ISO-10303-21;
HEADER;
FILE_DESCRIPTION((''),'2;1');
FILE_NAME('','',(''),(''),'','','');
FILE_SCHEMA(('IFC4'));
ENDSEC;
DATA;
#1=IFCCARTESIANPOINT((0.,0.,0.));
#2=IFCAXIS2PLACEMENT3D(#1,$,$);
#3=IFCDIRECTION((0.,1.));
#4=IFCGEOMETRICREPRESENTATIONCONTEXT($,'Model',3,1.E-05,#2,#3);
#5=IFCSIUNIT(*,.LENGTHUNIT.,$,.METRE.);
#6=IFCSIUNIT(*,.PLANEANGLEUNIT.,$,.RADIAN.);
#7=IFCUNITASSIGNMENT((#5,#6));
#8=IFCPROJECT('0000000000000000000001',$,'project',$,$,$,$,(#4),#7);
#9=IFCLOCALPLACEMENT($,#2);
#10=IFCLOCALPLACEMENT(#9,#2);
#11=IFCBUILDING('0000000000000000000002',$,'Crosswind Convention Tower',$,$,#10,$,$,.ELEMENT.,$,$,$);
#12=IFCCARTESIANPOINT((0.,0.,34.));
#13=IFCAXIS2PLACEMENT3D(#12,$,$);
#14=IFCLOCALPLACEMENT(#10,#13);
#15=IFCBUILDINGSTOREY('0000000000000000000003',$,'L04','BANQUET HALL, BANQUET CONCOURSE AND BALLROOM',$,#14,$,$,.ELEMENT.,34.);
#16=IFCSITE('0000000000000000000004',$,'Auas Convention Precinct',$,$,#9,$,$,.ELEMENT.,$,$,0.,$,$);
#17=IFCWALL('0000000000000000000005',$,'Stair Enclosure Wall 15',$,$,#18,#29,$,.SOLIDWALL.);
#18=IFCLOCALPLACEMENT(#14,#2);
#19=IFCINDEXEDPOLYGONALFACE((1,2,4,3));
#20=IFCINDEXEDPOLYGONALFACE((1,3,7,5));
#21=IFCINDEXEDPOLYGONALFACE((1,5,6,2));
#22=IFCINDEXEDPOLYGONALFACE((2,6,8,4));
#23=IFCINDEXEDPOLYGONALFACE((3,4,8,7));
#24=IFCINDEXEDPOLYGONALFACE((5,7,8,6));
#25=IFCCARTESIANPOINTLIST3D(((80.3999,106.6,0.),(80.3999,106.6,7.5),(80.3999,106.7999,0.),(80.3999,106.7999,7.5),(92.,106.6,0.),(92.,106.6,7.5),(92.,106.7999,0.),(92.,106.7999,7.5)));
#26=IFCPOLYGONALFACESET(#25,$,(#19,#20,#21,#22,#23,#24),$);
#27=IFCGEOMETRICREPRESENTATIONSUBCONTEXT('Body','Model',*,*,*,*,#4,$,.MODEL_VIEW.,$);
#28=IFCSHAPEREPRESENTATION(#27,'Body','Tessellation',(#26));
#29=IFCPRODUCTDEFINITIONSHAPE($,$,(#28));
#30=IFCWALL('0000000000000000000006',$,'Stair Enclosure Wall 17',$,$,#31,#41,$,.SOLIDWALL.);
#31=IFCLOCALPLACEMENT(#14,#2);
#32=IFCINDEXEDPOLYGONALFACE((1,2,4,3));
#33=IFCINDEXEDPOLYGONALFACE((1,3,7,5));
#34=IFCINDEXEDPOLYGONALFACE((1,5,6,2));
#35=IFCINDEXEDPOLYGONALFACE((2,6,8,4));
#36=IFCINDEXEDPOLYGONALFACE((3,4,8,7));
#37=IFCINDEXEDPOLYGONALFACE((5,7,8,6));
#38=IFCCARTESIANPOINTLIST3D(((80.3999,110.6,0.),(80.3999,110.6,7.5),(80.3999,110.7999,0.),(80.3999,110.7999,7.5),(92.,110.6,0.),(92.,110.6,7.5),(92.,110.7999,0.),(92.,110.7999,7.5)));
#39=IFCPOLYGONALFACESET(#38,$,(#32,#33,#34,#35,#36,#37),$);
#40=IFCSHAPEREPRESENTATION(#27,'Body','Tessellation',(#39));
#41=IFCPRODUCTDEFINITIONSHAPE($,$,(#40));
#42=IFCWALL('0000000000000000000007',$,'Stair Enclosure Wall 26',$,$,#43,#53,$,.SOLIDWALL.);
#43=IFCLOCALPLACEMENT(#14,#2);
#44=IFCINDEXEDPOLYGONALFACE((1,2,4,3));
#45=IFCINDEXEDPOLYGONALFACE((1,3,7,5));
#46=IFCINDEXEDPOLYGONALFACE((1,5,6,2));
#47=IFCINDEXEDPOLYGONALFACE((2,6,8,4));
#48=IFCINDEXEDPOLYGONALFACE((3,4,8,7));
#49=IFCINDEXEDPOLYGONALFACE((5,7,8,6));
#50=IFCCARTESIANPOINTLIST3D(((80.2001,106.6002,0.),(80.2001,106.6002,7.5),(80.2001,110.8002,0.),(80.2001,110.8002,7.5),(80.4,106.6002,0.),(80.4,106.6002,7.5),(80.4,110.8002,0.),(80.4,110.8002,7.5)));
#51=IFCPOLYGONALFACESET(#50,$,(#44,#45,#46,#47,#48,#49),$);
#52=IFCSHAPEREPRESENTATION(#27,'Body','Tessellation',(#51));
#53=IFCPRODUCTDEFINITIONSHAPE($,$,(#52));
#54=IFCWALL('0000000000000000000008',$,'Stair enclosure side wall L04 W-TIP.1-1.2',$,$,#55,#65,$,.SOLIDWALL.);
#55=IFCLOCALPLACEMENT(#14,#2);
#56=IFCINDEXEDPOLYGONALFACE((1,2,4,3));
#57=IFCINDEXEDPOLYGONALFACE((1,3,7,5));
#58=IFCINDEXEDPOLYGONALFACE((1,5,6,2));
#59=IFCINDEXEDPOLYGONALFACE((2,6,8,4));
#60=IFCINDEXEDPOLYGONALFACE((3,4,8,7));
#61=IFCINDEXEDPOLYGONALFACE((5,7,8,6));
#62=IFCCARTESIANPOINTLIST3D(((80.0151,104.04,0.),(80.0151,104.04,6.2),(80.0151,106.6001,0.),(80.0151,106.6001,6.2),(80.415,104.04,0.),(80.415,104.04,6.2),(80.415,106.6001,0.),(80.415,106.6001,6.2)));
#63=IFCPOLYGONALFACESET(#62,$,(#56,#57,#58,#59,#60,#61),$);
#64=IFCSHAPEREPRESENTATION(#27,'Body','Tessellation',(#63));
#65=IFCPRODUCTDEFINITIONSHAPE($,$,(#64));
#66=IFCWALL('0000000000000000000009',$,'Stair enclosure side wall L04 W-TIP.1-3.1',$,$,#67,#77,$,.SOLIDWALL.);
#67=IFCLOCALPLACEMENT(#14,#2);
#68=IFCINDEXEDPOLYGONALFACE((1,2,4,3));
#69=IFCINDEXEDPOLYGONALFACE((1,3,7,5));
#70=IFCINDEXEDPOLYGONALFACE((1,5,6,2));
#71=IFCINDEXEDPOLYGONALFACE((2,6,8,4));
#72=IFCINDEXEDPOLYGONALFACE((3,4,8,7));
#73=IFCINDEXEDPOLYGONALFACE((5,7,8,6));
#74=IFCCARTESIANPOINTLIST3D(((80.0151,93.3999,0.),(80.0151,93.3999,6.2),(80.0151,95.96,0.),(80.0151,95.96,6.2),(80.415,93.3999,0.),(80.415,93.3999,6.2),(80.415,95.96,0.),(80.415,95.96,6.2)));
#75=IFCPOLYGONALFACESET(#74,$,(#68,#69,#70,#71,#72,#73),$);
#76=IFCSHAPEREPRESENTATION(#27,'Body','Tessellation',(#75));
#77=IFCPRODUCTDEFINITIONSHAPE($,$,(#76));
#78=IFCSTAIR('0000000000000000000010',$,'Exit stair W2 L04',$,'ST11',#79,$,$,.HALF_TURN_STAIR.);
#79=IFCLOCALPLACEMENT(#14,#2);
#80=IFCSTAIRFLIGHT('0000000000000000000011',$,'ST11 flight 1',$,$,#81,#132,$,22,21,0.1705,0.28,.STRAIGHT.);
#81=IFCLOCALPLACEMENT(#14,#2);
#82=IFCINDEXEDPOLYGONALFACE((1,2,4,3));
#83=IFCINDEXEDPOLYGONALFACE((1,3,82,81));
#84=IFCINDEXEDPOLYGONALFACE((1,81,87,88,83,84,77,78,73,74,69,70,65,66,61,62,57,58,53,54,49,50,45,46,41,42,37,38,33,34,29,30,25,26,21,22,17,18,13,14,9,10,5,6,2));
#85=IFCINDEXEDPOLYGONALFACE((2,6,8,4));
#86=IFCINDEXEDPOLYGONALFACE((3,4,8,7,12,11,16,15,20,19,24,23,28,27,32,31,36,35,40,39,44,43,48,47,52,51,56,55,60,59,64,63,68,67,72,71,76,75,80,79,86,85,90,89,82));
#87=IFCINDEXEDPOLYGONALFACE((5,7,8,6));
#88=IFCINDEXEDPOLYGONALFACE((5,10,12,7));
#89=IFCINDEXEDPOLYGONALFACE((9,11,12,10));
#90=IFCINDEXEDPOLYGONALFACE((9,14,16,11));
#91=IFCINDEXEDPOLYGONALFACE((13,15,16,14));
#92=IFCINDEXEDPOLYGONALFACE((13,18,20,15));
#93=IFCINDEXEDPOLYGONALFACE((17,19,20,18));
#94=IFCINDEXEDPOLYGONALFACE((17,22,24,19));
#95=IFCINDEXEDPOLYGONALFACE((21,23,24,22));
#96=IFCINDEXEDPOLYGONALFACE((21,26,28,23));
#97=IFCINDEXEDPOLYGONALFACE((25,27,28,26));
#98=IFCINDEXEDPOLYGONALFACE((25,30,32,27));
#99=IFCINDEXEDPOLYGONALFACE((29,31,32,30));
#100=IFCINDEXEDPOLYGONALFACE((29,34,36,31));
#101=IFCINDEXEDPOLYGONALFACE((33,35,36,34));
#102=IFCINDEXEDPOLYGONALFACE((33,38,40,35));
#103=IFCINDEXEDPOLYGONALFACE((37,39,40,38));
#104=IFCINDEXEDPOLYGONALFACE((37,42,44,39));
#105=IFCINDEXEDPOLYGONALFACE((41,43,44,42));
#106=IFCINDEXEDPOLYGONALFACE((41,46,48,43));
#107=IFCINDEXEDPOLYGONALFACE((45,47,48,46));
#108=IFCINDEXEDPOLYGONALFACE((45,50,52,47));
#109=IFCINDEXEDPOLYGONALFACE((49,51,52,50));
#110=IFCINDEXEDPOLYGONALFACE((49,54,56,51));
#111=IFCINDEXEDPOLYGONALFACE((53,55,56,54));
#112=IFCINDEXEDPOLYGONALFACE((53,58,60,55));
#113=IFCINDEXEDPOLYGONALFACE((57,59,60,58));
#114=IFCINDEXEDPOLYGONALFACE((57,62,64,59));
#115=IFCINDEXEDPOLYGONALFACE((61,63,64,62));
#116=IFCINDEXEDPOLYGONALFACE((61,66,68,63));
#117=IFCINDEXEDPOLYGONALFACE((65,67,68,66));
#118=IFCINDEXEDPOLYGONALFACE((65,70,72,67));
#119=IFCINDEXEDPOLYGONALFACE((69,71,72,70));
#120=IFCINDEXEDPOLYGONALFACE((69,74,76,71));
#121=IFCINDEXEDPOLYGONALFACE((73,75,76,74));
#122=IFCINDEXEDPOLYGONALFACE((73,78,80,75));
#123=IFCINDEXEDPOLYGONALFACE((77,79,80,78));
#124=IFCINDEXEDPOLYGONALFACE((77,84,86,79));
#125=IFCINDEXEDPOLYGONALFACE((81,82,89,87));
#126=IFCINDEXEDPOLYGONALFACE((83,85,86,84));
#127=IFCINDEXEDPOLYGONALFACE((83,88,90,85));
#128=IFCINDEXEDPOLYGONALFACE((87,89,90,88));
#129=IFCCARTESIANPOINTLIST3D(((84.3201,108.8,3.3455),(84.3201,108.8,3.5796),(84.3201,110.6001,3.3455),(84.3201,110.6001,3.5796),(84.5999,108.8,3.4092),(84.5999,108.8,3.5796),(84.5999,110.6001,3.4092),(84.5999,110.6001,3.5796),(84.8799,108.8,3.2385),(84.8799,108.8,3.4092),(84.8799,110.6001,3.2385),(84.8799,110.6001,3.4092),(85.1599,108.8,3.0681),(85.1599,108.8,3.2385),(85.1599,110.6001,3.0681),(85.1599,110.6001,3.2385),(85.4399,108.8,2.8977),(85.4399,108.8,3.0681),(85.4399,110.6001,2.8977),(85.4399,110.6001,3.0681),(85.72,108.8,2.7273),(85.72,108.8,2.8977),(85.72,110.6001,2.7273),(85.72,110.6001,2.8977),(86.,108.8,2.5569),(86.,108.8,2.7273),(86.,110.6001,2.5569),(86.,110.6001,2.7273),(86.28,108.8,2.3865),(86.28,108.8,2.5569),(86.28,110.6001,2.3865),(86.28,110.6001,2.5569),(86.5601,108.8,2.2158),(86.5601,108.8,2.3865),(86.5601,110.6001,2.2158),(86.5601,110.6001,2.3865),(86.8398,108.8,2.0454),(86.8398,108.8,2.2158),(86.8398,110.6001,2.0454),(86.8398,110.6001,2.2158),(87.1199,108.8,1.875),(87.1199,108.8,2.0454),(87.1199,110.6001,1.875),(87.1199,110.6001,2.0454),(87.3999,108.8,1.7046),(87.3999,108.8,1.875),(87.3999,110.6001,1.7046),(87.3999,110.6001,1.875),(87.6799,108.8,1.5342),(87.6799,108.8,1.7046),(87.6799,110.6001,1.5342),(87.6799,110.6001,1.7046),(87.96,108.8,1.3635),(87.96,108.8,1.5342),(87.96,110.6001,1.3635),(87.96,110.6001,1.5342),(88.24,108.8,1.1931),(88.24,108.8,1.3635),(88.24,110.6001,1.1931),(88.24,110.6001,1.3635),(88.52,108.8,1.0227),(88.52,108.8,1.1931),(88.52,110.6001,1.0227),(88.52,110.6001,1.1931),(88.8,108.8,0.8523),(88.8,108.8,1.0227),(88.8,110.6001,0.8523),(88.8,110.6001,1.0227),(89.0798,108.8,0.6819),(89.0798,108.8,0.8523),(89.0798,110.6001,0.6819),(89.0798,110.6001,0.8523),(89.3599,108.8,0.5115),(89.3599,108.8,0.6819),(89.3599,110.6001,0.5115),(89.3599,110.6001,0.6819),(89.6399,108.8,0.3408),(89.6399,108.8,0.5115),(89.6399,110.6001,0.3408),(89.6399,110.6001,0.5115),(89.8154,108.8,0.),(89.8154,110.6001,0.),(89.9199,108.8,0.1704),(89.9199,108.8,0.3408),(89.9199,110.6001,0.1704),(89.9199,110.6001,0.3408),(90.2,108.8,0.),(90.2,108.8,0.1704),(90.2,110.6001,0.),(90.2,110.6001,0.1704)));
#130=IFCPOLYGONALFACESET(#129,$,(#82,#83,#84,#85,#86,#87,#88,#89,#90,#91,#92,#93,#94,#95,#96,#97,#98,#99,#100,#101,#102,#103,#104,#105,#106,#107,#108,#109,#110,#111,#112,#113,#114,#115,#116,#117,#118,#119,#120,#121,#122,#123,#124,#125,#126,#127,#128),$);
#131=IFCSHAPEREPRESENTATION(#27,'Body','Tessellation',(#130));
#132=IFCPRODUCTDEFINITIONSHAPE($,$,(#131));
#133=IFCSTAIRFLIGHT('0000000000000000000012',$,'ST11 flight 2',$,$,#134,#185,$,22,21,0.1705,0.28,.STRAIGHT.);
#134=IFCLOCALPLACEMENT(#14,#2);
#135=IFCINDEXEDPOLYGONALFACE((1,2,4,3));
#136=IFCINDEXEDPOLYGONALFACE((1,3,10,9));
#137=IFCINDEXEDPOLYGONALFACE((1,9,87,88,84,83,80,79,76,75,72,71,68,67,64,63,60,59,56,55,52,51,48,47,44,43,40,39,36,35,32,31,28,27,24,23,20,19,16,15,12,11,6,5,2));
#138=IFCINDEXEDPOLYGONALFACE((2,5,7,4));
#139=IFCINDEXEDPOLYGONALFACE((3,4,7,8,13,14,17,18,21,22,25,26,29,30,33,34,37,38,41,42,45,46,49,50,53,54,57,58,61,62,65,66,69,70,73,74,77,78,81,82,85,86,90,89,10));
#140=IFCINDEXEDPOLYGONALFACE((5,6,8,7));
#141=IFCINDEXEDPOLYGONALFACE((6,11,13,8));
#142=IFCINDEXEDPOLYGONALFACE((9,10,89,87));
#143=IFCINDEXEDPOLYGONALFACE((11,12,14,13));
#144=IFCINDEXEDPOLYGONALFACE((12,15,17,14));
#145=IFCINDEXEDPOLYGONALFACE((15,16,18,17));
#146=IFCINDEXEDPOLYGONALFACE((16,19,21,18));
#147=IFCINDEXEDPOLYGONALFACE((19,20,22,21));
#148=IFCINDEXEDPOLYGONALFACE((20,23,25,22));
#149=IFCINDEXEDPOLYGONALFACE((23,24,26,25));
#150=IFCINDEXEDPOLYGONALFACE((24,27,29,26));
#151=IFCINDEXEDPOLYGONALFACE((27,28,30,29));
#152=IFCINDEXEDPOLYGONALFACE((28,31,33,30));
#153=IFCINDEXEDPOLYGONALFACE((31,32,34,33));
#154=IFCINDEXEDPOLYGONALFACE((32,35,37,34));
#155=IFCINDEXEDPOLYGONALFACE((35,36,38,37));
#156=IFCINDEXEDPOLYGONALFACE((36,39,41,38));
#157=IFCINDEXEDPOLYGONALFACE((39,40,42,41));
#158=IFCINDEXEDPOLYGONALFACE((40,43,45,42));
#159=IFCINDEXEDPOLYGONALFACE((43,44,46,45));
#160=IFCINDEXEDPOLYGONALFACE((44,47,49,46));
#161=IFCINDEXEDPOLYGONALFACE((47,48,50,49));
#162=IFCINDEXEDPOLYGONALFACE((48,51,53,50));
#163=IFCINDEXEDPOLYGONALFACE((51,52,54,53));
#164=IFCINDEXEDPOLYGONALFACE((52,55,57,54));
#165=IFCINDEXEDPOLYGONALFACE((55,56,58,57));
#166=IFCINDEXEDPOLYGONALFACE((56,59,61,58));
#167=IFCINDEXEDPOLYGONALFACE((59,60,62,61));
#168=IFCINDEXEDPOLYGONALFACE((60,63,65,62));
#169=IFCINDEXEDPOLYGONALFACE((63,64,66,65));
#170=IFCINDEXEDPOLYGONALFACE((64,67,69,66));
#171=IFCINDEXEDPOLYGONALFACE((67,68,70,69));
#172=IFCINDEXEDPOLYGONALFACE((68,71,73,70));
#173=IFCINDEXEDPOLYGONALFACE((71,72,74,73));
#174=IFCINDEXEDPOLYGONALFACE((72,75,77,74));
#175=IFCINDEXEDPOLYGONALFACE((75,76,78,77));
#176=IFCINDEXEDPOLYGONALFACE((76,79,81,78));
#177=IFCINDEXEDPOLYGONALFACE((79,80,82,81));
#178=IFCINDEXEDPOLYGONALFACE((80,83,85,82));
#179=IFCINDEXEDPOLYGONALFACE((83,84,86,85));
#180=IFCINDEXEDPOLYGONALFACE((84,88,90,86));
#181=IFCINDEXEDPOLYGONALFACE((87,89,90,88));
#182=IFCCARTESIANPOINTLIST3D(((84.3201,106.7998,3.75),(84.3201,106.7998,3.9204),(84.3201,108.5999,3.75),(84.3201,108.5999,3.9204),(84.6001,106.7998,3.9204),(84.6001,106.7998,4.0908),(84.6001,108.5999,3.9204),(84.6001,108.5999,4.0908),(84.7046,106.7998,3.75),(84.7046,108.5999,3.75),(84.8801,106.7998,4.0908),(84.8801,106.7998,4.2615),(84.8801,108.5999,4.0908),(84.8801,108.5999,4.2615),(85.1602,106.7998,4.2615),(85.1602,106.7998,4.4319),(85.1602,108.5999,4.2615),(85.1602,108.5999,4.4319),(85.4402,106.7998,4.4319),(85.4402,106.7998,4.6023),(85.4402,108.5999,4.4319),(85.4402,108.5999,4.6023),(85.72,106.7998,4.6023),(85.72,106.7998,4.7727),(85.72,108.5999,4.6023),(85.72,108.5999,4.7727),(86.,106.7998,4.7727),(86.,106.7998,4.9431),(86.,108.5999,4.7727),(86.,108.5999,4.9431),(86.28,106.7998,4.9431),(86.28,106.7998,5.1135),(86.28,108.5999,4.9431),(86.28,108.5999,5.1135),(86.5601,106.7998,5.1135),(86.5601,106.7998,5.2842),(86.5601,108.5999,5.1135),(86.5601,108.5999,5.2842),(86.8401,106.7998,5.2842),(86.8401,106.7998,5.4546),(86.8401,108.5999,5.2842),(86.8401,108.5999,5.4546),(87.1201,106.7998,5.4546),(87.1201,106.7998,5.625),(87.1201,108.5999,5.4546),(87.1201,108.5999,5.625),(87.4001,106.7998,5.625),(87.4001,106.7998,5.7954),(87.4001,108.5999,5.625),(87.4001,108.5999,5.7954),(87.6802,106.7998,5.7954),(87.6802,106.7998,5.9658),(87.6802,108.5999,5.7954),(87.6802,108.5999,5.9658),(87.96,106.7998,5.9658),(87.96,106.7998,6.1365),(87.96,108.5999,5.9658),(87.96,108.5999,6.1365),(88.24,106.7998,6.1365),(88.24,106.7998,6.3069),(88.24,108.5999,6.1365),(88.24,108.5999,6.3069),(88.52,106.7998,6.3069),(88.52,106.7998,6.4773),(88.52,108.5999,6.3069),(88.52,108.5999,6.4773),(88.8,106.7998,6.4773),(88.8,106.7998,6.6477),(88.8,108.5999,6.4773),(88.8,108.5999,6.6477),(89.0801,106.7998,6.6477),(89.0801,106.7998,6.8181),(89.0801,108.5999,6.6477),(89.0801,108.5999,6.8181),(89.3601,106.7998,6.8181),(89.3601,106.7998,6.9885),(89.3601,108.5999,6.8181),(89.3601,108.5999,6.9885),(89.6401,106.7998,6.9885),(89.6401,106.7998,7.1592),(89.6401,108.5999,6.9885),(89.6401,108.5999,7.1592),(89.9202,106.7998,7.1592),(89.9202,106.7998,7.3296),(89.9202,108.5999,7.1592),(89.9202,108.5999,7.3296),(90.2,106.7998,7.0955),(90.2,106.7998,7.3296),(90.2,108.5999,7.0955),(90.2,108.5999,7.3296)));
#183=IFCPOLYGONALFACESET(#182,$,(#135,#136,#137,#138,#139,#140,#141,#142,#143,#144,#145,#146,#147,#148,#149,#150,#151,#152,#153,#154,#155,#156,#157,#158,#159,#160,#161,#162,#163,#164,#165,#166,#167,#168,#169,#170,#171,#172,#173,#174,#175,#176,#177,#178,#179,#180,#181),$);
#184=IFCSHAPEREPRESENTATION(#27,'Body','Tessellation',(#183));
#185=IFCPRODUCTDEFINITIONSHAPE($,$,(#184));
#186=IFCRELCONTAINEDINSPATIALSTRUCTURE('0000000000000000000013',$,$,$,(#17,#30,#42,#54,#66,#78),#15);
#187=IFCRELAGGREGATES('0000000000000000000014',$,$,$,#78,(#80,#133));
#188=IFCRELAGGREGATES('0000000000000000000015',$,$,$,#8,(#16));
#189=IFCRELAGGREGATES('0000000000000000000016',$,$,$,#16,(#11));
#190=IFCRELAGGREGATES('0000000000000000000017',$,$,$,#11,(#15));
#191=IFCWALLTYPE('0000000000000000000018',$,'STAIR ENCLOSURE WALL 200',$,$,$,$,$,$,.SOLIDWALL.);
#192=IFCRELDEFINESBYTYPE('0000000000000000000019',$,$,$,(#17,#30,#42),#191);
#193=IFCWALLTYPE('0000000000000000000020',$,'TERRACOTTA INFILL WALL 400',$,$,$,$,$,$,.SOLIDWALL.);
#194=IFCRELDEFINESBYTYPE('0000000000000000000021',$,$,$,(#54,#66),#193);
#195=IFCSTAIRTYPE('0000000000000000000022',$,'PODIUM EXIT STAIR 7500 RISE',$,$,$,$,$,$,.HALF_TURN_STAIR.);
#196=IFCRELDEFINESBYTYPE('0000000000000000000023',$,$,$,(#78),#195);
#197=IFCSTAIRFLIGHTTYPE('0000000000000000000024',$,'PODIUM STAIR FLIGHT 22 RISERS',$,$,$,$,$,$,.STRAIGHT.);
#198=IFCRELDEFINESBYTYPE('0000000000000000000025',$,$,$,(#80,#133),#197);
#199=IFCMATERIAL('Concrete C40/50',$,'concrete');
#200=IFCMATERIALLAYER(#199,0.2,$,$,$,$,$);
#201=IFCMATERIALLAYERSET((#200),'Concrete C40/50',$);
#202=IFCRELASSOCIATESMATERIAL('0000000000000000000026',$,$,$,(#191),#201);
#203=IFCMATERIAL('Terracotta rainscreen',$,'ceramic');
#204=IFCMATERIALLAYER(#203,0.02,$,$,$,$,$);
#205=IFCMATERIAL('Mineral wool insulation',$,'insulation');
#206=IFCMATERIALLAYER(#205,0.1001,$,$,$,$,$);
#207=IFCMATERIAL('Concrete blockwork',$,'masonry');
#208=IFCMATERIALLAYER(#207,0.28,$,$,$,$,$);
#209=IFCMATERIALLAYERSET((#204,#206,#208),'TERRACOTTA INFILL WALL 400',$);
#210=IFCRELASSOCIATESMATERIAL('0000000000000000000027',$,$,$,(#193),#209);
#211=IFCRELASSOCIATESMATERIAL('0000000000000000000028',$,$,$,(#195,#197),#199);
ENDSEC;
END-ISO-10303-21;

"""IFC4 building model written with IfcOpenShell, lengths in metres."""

from ifc_helpers import new_model, si_unit, direction, frame, frame_2d, origin, place, context, subcontext, project, spatial, polyline, rectangle, outline, extrude, material, layer, layer_set, type_object, element, aggregate, save


model = new_model("IFC4")

# Units and contexts
model_context = context("Model", 3, precision=1e-05, world=origin(), true_north=direction((0.0, 1.0)))
body_context = subcontext(model_context, "Body", "Model", "MODEL_VIEW")
ifc_project = project(units=[si_unit("LENGTHUNIT", "METRE"), si_unit("PLANEANGLEUNIT", "RADIAN")], contexts=[model_context])

# Site, building, storey
site_placement = place(None, origin())
site = spatial("IfcSite", under=ifc_project, at=site_placement, Name="Auas Convention Precinct", CompositionType="ELEMENT", RefElevation=0.0)
building_placement = place(site_placement, origin())
building = spatial("IfcBuilding", under=site, at=building_placement, Name="Crosswind Convention Tower", CompositionType="ELEMENT")
storey_placement = place(building_placement, frame((0.0, 0.0, 34.0)))
storey = spatial("IfcBuildingStorey", under=building, at=storey_placement, Name="L04", Description="BANQUET HALL, BANQUET CONCOURSE AND BALLROOM", CompositionType="ELEMENT", Elevation=34.0)

# Walls
ifc_material_1 = material(Name="Concrete C40/50", Category="concrete")
ifc_layer_1 = layer(ifc_material_1, 0.2)
ifc_layer_set_1 = layer_set([ifc_layer_1], Name="Concrete C40/50")
wall_type_1 = type_object("IfcWallType", Name="STAIR ENCLOSURE WALL 200", PredefinedType="SOLIDWALL", material=ifc_layer_set_1)
for number, where, z_axis, x_axis, name in (
    (1, (80.3999, 106.7, 0.0), (0.0, 0.0, 1.0), (1.0, 0.0, 0.0), "Stair Enclosure Wall 15"),
    (2, (80.3999, 110.7, 0.0), (0.0, 0.0, 1.0), (1.0, 0.0, 0.0), "Stair Enclosure Wall 17"),
):
    element("IfcWall", number, at=place(storey_placement, frame(where, z_axis=z_axis, x_axis=x_axis)), inside=storey, type_object=wall_type_1, Name=name, PredefinedType="SOLIDWALL", context=body_context, shape_type="SweptSolid", body=[
        extrude(rectangle(XDim=11.6001, YDim=0.2, at=frame_2d((5.8, 0.0))), origin(), (0.0, 0.0, 1.0), 7.5),
    ])
wall_placement = place(storey_placement, frame((80.3, 106.6001, 0.0), z_axis=(0.0, 0.0, 1.0), x_axis=(0.0, 1.0, 0.0)))
element("IfcWall", 3, at=wall_placement, inside=storey, type_object=wall_type_1, Name="Stair Enclosure Wall 26", PredefinedType="SOLIDWALL", context=body_context, shape_type="SweptSolid", body=[
    extrude(rectangle(XDim=4.2, YDim=0.2, at=frame_2d((2.1001, 0.0))), origin(), (0.0, 0.0, 1.0), 7.5),
])
ifc_material_2 = material(Name="Terracotta rainscreen", Category="ceramic")
ifc_layer_2 = layer(ifc_material_2, 0.02)
ifc_material_3 = material(Name="Mineral wool insulation", Category="insulation")
ifc_layer_3 = layer(ifc_material_3, 0.1001)
ifc_material_4 = material(Name="Concrete blockwork", Category="masonry")
ifc_layer_4 = layer(ifc_material_4, 0.28)
ifc_layer_set_2 = layer_set([ifc_layer_2, ifc_layer_3, ifc_layer_4], Name="TERRACOTTA INFILL WALL 400")
wall_type_2 = type_object("IfcWallType", Name="TERRACOTTA INFILL WALL 400", PredefinedType="SOLIDWALL", material=ifc_layer_set_2)
for number, where, z_axis, x_axis, name in (
    (4, (80.2151, 106.6001, 0.0), (0.0, 0.0, 1.0), (0.0, -1.0, 0.0), "Stair enclosure side wall L04 W-TIP.1-1.2"),
    (5, (80.2151, 95.96, 0.0), (0.0, 0.0, 1.0), (0.0, -1.0, 0.0), "Stair enclosure side wall L04 W-TIP.1-3.1"),
):
    element("IfcWall", number, at=place(storey_placement, frame(where, z_axis=z_axis, x_axis=x_axis)), inside=storey, type_object=wall_type_2, Name=name, PredefinedType="SOLIDWALL", context=body_context, shape_type="SweptSolid", body=[
        extrude(rectangle(XDim=2.5601, YDim=0.3999, at=frame_2d((1.28, 0.0))), origin(), (0.0, 0.0, 1.0), 6.2),
    ])

# Stair, stair flights
stair_type = type_object("IfcStairType", Name="PODIUM EXIT STAIR 7500 RISE", PredefinedType="HALF_TURN_STAIR", material=ifc_material_1)
stair_placement = place(storey_placement, origin())
stair = element("IfcStair", 6, at=stair_placement, inside=storey, type_object=stair_type, Name="Exit stair W2 L04", ObjectType="ST11", PredefinedType="HALF_TURN_STAIR")
stair_flight_type = type_object("IfcStairFlightType", Name="PODIUM STAIR FLIGHT 22 RISERS", PredefinedType="STRAIGHT", material=ifc_material_1)
stair_flight_1_placement = place(storey_placement, frame((90.2, 109.7, 0.0), z_axis=(0.0, 0.0, 1.0), x_axis=(-1.0, 0.0, 0.0)))
stair_flight_1 = element("IfcStairFlight", 7, at=stair_flight_1_placement, type_object=stair_flight_type, Name="ST11 flight 1", NumberOfRisers=22, NumberOfTreads=21, PredefinedType="STRAIGHT", RiserHeight=0.1705, TreadLength=0.28, context=body_context, shape_type="SweptSolid", body=[
    extrude(outline(polyline([(0.0, 0.0), (0.0, 0.1704), (0.28, 0.1704), (0.28, 0.3408), (0.5601, 0.3408), (0.5601, 0.5115), (0.8401, 0.5115), (0.8401, 0.6819), (1.1201, 0.6819), (1.1201, 0.8523), (1.3999, 0.8523), (1.3999, 1.0227), (1.6799, 1.0227), (1.6799, 1.1931), (1.96, 1.1931), (1.96, 1.3635), (2.24, 1.3635), (2.24, 1.5342), (2.52, 1.5342), (2.52, 1.7046), (2.8, 1.7046), (2.8, 1.875), (3.0801, 1.875), (3.0801, 2.0454), (3.3601, 2.0454), (3.3601, 2.2158), (3.6399, 2.2158), (3.6399, 2.3865), (3.9199, 2.3865), (3.9199, 2.5569), (4.2, 2.5569), (4.2, 2.7273), (4.48, 2.7273), (4.48, 2.8977), (4.76, 2.8977), (4.76, 3.0681), (5.04, 3.0681), (5.04, 3.2385), (5.3201, 3.2385), (5.3201, 3.4092), (5.6001, 3.4092), (5.6001, 3.5796), (5.8799, 3.5796), (5.8799, 3.75), (5.8799, 3.3455), (0.3845, 0.0), (0.0, 0.0)])), frame((0.0, 0.8999, 0.0), z_axis=(0.0, -1.0, 0.0), x_axis=(1.0, 0.0, 0.0)), (0.0, 0.0, 1.0), 1.8),
])
stair_flight_2_placement = place(storey_placement, frame((84.3201, 107.7, 3.75), z_axis=(0.0, 0.0, 1.0), x_axis=(1.0, 0.0, 0.0)))
stair_flight_2 = element("IfcStairFlight", 8, at=stair_flight_2_placement, type_object=stair_flight_type, Name="ST11 flight 2", NumberOfRisers=22, NumberOfTreads=21, PredefinedType="STRAIGHT", RiserHeight=0.1705, TreadLength=0.28, context=body_context, shape_type="SweptSolid", body=[
    extrude(outline(polyline([(0.0, 0.0), (0.0, 0.1704), (0.28, 0.1704), (0.28, 0.3408), (0.5601, 0.3408), (0.5601, 0.5115), (0.8401, 0.5115), (0.8401, 0.6819), (1.1201, 0.6819), (1.1201, 0.8523), (1.3999, 0.8523), (1.3999, 1.0227), (1.6799, 1.0227), (1.6799, 1.1931), (1.96, 1.1931), (1.96, 1.3635), (2.24, 1.3635), (2.24, 1.5342), (2.52, 1.5342), (2.52, 1.7046), (2.8, 1.7046), (2.8, 1.875), (3.0801, 1.875), (3.0801, 2.0454), (3.3601, 2.0454), (3.3601, 2.2158), (3.6399, 2.2158), (3.6399, 2.3865), (3.9199, 2.3865), (3.9199, 2.5569), (4.2, 2.5569), (4.2, 2.7273), (4.48, 2.7273), (4.48, 2.8977), (4.76, 2.8977), (4.76, 3.0681), (5.04, 3.0681), (5.04, 3.2385), (5.3201, 3.2385), (5.3201, 3.4092), (5.6001, 3.4092), (5.6001, 3.5796), (5.8799, 3.5796), (5.8799, 3.75), (5.8799, 3.3455), (0.3845, 0.0), (0.0, 0.0)])), frame((0.0, 0.8999, 0.0), z_axis=(0.0, -1.0, 0.0), x_axis=(1.0, 0.0, 0.0)), (0.0, 0.0, 1.0), 1.8),
])
aggregate(stair, [stair_flight_1, stair_flight_2])

save(model, "model.ifc")
